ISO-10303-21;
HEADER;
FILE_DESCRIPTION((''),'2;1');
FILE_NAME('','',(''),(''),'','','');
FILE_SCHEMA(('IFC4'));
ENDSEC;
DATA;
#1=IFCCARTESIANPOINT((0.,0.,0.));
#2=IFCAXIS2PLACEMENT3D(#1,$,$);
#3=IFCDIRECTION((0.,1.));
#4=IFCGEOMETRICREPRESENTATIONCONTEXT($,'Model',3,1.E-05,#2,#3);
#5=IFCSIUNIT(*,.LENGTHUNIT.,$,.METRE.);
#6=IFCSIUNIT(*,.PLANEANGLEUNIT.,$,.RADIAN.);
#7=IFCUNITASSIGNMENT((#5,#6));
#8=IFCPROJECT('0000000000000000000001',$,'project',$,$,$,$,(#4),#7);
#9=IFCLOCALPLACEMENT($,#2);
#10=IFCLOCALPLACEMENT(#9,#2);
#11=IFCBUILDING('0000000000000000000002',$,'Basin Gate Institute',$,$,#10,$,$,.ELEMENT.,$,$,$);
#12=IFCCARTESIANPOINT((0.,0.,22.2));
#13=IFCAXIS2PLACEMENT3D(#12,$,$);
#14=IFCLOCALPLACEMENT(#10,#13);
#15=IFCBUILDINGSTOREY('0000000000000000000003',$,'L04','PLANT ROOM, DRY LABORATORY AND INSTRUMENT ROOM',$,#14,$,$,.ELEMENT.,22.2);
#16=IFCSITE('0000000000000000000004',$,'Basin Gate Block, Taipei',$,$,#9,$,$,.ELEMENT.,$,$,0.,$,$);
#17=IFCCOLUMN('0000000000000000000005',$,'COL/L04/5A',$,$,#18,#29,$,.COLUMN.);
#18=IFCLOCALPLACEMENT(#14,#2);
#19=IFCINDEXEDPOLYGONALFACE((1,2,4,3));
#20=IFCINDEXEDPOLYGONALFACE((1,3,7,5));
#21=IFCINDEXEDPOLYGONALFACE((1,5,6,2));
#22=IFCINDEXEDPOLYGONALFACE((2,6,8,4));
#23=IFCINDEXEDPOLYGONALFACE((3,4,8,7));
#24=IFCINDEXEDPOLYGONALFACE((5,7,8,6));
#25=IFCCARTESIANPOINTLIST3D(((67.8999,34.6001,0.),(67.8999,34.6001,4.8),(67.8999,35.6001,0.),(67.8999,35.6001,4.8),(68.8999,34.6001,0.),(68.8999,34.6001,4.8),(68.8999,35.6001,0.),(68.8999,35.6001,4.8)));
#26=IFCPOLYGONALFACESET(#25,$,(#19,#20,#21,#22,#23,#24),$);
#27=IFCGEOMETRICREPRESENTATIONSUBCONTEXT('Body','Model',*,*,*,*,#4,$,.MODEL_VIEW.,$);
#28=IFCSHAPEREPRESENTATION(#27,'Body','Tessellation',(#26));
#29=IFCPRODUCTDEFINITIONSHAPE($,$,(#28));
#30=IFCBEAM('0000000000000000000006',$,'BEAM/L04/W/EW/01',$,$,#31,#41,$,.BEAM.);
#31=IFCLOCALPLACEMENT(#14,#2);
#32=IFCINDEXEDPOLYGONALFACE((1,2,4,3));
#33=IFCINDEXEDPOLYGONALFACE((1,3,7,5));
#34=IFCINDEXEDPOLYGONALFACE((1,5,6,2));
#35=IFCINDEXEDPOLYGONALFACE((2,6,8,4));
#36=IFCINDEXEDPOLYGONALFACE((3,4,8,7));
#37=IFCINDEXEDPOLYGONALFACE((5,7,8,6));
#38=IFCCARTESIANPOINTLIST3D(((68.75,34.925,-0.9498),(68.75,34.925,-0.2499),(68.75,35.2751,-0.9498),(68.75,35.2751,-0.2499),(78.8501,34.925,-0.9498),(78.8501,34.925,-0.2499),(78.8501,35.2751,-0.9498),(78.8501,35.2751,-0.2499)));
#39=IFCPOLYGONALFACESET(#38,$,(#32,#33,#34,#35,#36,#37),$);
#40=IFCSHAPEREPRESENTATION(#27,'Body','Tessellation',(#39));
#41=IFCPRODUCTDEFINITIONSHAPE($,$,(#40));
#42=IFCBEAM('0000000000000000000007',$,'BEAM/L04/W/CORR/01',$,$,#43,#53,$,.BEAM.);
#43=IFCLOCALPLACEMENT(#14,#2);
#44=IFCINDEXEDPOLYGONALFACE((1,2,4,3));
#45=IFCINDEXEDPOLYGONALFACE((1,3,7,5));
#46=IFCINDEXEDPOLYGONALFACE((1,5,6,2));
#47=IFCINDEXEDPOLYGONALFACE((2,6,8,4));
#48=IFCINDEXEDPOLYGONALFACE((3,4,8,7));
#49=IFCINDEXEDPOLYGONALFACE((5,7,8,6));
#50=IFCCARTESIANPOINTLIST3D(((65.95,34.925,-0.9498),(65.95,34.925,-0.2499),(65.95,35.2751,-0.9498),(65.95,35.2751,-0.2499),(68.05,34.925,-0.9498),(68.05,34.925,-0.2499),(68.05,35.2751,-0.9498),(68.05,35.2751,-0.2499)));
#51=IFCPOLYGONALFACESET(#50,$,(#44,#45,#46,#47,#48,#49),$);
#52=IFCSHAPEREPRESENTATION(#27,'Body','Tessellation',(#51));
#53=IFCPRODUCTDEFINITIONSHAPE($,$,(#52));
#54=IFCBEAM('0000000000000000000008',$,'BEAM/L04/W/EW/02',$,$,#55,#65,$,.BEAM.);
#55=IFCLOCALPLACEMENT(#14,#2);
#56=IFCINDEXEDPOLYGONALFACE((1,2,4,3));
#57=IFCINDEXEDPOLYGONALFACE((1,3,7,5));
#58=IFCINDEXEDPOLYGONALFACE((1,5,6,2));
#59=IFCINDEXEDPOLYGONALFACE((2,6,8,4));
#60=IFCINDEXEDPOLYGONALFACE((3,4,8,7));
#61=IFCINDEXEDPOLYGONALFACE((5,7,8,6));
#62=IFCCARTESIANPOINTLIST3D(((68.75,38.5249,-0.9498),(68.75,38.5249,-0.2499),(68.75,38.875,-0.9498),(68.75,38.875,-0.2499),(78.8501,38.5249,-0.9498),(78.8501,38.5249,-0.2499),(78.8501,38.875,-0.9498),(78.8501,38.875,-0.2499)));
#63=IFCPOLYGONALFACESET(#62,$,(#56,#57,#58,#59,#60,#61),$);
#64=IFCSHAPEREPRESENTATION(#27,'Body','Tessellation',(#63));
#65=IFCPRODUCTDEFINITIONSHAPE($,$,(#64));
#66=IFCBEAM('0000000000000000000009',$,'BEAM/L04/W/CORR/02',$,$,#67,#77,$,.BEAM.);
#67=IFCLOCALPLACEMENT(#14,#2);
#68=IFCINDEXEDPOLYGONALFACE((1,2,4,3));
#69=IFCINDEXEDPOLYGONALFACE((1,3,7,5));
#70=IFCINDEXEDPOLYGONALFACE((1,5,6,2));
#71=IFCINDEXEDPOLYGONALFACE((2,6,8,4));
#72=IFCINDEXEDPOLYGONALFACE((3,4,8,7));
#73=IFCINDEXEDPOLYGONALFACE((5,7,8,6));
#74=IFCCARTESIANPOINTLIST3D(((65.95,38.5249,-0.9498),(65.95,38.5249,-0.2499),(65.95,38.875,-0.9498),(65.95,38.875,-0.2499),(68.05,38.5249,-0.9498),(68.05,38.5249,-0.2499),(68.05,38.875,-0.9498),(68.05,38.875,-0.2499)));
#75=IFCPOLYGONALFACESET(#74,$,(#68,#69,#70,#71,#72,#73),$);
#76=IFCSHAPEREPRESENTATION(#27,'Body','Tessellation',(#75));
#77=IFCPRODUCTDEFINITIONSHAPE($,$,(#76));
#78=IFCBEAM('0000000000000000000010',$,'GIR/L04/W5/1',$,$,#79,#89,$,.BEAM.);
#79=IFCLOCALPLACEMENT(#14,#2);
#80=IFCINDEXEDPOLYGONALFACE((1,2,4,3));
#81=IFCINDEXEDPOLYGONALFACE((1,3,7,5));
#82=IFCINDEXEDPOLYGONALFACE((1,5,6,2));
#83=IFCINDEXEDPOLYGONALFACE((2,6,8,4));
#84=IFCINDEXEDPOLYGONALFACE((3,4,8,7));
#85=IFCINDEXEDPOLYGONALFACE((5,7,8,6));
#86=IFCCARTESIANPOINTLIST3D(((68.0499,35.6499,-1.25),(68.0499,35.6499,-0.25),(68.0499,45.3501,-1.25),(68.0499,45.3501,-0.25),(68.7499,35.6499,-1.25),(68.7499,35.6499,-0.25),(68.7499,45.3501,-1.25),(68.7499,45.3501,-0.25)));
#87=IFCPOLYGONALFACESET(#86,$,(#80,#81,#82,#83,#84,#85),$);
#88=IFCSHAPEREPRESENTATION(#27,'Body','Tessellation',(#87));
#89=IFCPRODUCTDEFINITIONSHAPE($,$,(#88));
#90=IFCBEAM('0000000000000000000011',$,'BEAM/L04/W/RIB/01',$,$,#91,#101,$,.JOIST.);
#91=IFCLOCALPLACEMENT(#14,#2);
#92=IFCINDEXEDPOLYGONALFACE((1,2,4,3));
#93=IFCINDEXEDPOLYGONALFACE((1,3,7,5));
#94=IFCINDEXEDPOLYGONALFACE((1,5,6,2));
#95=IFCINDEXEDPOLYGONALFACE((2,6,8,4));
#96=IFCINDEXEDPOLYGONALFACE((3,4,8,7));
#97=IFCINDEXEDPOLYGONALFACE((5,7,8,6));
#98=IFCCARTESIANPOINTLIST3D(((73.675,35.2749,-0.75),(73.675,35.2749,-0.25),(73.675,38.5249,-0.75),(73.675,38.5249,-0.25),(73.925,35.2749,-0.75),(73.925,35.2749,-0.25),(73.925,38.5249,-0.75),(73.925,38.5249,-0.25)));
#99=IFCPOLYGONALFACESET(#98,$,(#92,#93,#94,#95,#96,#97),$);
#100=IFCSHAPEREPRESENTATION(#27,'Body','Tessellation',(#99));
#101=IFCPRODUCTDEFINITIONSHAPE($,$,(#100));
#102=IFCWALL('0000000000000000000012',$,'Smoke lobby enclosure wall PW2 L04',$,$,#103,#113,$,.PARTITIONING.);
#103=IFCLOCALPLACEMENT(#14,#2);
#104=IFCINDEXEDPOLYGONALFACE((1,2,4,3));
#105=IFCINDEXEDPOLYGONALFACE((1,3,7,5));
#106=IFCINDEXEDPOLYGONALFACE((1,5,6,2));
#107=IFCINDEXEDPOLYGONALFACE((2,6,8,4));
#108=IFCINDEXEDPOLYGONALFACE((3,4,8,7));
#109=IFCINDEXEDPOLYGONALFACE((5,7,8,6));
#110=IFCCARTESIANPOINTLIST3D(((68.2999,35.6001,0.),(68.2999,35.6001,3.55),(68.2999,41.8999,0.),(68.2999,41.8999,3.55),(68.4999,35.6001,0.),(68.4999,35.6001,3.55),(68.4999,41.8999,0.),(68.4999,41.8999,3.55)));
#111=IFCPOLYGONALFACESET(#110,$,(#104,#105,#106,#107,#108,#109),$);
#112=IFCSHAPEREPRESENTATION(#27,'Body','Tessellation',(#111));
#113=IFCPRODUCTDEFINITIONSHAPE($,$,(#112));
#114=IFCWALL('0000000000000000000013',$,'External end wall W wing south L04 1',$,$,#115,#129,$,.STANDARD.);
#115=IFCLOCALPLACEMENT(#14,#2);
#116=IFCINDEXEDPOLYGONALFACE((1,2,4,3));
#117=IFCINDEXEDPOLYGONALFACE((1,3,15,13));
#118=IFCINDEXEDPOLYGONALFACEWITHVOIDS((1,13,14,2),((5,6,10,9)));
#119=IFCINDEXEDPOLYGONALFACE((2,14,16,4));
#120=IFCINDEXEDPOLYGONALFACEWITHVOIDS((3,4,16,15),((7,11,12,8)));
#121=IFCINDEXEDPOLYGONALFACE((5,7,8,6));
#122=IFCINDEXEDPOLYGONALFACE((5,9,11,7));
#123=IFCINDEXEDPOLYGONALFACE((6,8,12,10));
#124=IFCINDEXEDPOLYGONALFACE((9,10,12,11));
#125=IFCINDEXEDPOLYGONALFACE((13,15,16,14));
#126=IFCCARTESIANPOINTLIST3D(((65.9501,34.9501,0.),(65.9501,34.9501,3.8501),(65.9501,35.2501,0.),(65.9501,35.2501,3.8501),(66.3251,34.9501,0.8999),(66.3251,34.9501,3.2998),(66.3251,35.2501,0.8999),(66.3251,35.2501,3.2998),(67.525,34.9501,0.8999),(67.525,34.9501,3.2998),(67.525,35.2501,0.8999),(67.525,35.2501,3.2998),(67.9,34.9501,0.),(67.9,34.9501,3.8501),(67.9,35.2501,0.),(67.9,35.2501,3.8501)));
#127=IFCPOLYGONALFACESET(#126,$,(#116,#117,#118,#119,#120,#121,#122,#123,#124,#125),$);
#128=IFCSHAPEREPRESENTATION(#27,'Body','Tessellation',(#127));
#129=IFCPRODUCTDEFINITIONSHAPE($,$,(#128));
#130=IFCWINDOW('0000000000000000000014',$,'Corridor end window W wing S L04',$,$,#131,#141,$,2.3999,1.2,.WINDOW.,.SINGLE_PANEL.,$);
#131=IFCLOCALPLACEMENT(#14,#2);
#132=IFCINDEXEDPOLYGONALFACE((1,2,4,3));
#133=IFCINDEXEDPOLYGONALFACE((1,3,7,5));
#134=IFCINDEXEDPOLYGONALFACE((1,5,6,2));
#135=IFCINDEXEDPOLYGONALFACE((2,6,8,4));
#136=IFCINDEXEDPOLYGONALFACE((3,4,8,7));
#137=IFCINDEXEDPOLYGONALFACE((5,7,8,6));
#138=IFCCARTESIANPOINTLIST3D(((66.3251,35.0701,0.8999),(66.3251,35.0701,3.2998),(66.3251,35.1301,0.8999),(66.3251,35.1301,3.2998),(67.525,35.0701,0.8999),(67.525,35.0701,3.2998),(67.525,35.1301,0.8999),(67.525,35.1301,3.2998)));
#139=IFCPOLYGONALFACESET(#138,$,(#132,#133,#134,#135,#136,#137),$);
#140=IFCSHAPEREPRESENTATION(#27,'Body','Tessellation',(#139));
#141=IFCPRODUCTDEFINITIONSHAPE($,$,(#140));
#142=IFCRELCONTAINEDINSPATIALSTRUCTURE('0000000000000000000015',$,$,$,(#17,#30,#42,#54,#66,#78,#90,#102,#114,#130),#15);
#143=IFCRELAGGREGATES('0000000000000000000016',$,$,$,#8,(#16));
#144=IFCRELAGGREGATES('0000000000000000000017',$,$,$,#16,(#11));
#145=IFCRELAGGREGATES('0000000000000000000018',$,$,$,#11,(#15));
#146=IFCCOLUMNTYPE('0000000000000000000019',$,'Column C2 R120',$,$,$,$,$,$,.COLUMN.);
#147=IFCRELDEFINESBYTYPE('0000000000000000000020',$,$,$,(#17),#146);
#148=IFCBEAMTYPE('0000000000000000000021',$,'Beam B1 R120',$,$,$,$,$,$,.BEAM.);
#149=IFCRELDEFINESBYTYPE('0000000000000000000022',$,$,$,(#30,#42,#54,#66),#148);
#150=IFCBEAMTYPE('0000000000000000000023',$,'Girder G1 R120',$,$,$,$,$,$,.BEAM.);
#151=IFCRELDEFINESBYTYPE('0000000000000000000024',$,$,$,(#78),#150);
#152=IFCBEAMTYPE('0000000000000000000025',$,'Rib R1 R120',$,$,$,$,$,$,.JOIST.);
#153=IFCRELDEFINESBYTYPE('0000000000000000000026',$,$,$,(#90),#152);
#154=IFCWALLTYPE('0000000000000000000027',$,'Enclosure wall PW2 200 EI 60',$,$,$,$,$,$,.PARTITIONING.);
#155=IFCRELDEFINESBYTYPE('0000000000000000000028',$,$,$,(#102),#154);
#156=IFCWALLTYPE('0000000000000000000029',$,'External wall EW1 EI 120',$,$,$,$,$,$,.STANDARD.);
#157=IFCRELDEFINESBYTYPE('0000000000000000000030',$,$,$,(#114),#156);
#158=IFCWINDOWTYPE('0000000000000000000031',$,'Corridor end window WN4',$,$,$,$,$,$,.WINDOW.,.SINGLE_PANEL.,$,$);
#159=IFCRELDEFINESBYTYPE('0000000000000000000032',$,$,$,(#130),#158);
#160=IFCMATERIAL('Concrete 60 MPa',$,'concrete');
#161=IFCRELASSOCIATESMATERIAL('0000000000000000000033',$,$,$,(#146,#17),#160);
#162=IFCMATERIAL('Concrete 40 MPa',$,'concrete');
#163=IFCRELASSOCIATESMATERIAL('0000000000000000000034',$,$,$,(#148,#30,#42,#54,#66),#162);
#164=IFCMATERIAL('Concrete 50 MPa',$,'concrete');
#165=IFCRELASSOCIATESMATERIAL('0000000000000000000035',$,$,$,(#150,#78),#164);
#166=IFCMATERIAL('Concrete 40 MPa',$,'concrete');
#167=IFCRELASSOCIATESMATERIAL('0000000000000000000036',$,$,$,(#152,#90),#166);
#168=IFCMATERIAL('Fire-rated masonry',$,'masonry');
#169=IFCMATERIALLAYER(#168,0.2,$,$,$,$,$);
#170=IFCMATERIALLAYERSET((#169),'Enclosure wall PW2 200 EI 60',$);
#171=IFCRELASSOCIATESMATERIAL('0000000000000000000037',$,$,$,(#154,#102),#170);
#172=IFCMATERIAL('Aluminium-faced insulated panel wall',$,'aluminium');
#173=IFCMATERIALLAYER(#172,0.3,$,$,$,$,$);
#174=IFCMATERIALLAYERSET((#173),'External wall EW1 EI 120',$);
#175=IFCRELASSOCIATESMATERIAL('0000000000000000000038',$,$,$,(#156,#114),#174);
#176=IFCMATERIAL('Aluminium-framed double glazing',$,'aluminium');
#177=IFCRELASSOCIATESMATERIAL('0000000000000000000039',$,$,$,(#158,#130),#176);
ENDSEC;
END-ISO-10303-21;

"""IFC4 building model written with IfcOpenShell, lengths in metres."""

from ifc_helpers import new_model, si_unit, direction, frame, frame_2d, origin, origin_2d, place, context, subcontext, project, spatial, rectangle, extrude, material, layer, layer_set, material_profile, profile_set, type_object, element, fill, save


model = new_model("IFC4")

# Units and contexts
model_context = context("Model", 3, precision=1e-05, world=origin(), true_north=direction((0.0, 1.0)))
body_context = subcontext(model_context, "Body", "Model", "MODEL_VIEW")
ifc_project = project(units=[si_unit("LENGTHUNIT", "METRE"), si_unit("PLANEANGLEUNIT", "RADIAN")], contexts=[model_context])

# Site, building, storey
site_placement = place(None, origin())
site = spatial("IfcSite", under=ifc_project, at=site_placement, Name="Basin Gate Block, Taipei", CompositionType="ELEMENT", RefElevation=0.0)
building_placement = place(site_placement, origin())
building = spatial("IfcBuilding", under=site, at=building_placement, Name="Basin Gate Institute", CompositionType="ELEMENT")
storey_placement = place(building_placement, frame((0.0, 0.0, 22.2)))
storey = spatial("IfcBuildingStorey", under=building, at=storey_placement, Name="L04", Description="PLANT ROOM, DRY LABORATORY AND INSTRUMENT ROOM", CompositionType="ELEMENT", Elevation=22.2)

# Column
ifc_material_1 = material(Name="Concrete 60 MPa", Category="concrete")
ifc_material_profile_1 = material_profile(ifc_material_1, rectangle(XDim=1.0, YDim=1.0, at=origin_2d()), Name="Column C2 1000 x 1000")
ifc_profile_set_1 = profile_set([ifc_material_profile_1], Name="Concrete 60 MPa")
column_type = type_object("IfcColumnType", Name="Column C2 R120", PredefinedType="COLUMN", material=ifc_profile_set_1)
column_placement = place(storey_placement, frame((68.3999, 35.1001, 0.0), z_axis=(0.0, 0.0, 1.0), x_axis=(1.0, 0.0, 0.0)))
element("IfcColumn", 1, at=column_placement, inside=storey, type_object=column_type, material=ifc_profile_set_1, Name="COL/L04/5A", PredefinedType="COLUMN", context=body_context, shape_type="SweptSolid", body=[
    extrude(rectangle(XDim=1.0, YDim=1.0, at=origin_2d()), origin(), (0.0, 0.0, 1.0), 4.8),
])

# Beams
ifc_material_2 = material(Name="Concrete 40 MPa", Category="concrete")
ifc_material_profile_2 = material_profile(ifc_material_2, rectangle(XDim=0.3501, YDim=0.7, at=origin_2d()), Name="Beam B1 350 x 700")
ifc_profile_set_2 = profile_set([ifc_material_profile_2], Name="Concrete 40 MPa")
beam_type_1 = type_object("IfcBeamType", Name="Beam B1 R120", PredefinedType="BEAM", material=ifc_profile_set_2)
beam_1_placement = place(storey_placement, frame((68.75, 35.1001, -0.5999), z_axis=(1.0, 0.0, 0.0), x_axis=(0.0, 1.0, 0.0)))
element("IfcBeam", 2, at=beam_1_placement, inside=storey, type_object=beam_type_1, material=ifc_profile_set_2, Name="BEAM/L04/W/EW/01", PredefinedType="BEAM", context=body_context, shape_type="SweptSolid", body=[
    extrude(rectangle(XDim=0.3501, YDim=0.7, at=origin_2d()), origin(), (0.0, 0.0, 1.0), 10.1001),
])
beam_2_placement = place(storey_placement, frame((65.95, 35.1001, -0.5999), z_axis=(1.0, 0.0, 0.0), x_axis=(0.0, 1.0, 0.0)))
element("IfcBeam", 3, at=beam_2_placement, inside=storey, type_object=beam_type_1, material=ifc_profile_set_2, Name="BEAM/L04/W/CORR/01", PredefinedType="BEAM", context=body_context, shape_type="SweptSolid", body=[
    extrude(rectangle(XDim=0.3501, YDim=0.7, at=origin_2d()), origin(), (0.0, 0.0, 1.0), 2.1001),
])
beam_3_placement = place(storey_placement, frame((68.75, 38.7, -0.5999), z_axis=(1.0, 0.0, 0.0), x_axis=(0.0, 1.0, 0.0)))
element("IfcBeam", 4, at=beam_3_placement, inside=storey, type_object=beam_type_1, material=ifc_profile_set_2, Name="BEAM/L04/W/EW/02", PredefinedType="BEAM", context=body_context, shape_type="SweptSolid", body=[
    extrude(rectangle(XDim=0.3501, YDim=0.7, at=origin_2d()), origin(), (0.0, 0.0, 1.0), 10.1001),
])
beam_4_placement = place(storey_placement, frame((65.95, 38.7, -0.5999), z_axis=(1.0, 0.0, 0.0), x_axis=(0.0, 1.0, 0.0)))
element("IfcBeam", 5, at=beam_4_placement, inside=storey, type_object=beam_type_1, material=ifc_profile_set_2, Name="BEAM/L04/W/CORR/02", PredefinedType="BEAM", context=body_context, shape_type="SweptSolid", body=[
    extrude(rectangle(XDim=0.3501, YDim=0.7, at=origin_2d()), origin(), (0.0, 0.0, 1.0), 2.1001),
])
ifc_material_3 = material(Name="Concrete 50 MPa", Category="concrete")
ifc_material_profile_3 = material_profile(ifc_material_3, rectangle(XDim=0.7, YDim=1.0, at=origin_2d()), Name="Girder G1 700 x 1000")
ifc_profile_set_3 = profile_set([ifc_material_profile_3], Name="Concrete 50 MPa")
beam_type_2 = type_object("IfcBeamType", Name="Girder G1 R120", PredefinedType="BEAM", material=ifc_profile_set_3)
beam_5_placement = place(storey_placement, frame((68.3999, 35.6499, -0.75), z_axis=(0.0, 1.0, 0.0), x_axis=(-1.0, 0.0, 0.0)))
element("IfcBeam", 6, at=beam_5_placement, inside=storey, type_object=beam_type_2, material=ifc_profile_set_3, Name="GIR/L04/W5/1", PredefinedType="BEAM", context=body_context, shape_type="SweptSolid", body=[
    extrude(rectangle(XDim=0.7, YDim=1.0, at=origin_2d()), origin(), (0.0, 0.0, 1.0), 9.7002),
])
ifc_material_4 = material(Name="Concrete 40 MPa", Category="concrete")
ifc_material_profile_4 = material_profile(ifc_material_4, rectangle(XDim=0.25, YDim=0.5, at=origin_2d()), Name="Rib R1 250 x 500")
ifc_profile_set_4 = profile_set([ifc_material_profile_4], Name="Concrete 40 MPa")
beam_type_3 = type_object("IfcBeamType", Name="Rib R1 R120", PredefinedType="JOIST", material=ifc_profile_set_4)
beam_6_placement = place(storey_placement, frame((73.8, 35.2749, -0.5), z_axis=(0.0, 1.0, 0.0), x_axis=(-1.0, 0.0, 0.0)))
element("IfcBeam", 7, at=beam_6_placement, inside=storey, type_object=beam_type_3, material=ifc_profile_set_4, Name="BEAM/L04/W/RIB/01", PredefinedType="JOIST", context=body_context, shape_type="SweptSolid", body=[
    extrude(rectangle(XDim=0.25, YDim=0.5, at=origin_2d()), origin(), (0.0, 0.0, 1.0), 3.25),
])

# Wall
ifc_material_5 = material(Name="Fire-rated masonry", Category="masonry")
ifc_layer_1 = layer(ifc_material_5, 0.2)
ifc_layer_set_1 = layer_set([ifc_layer_1], Name="Enclosure wall PW2 200 EI 60")
wall_type_1 = type_object("IfcWallType", Name="Enclosure wall PW2 200 EI 60", PredefinedType="PARTITIONING", material=ifc_layer_set_1)
wall_1_placement = place(storey_placement, frame((68.3999, 35.6001, 0.0), z_axis=(0.0, 0.0, 1.0), x_axis=(0.0, 1.0, 0.0)))
element("IfcWall", 8, at=wall_1_placement, inside=storey, type_object=wall_type_1, material=ifc_layer_set_1, Name="Smoke lobby enclosure wall PW2 L04", PredefinedType="PARTITIONING", context=body_context, shape_type="SweptSolid", body=[
    extrude(rectangle(XDim=6.2998, YDim=0.2, at=frame_2d((3.1499, 0.0))), origin(), (0.0, 0.0, 1.0), 3.55),
])

# Wall, opening, window
ifc_material_6 = material(Name="Aluminium-faced insulated panel wall", Category="aluminium")
ifc_layer_2 = layer(ifc_material_6, 0.3)
ifc_layer_set_2 = layer_set([ifc_layer_2], Name="External wall EW1 EI 120")
wall_type_2 = type_object("IfcWallType", Name="External wall EW1 EI 120", PredefinedType="STANDARD", material=ifc_layer_set_2)
wall_2_placement = place(storey_placement, frame((65.95, 35.1001, 0.0), z_axis=(0.0, 0.0, 1.0), x_axis=(1.0, 0.0, 0.0)))
wall_2 = element("IfcWall", 9, at=wall_2_placement, inside=storey, type_object=wall_type_2, material=ifc_layer_set_2, Name="External end wall W wing south L04 1", PredefinedType="STANDARD", context=body_context, shape_type="SweptSolid", body=[
    extrude(rectangle(XDim=1.95, YDim=0.3, at=frame_2d((0.9751, 0.0))), origin(), (0.0, 0.0, 1.0), 3.8501),
])
opening_1_placement = place(wall_2_placement, frame((0.375, 0.0, 0.8999)))
opening_1 = element("IfcOpeningElement", 10, at=opening_1_placement, cuts=wall_2, PredefinedType="OPENING", context=body_context, shape_type="SweptSolid", body=[
    extrude(rectangle(XDim=1.2, YDim=2.3999, at=frame_2d((0.6001, 1.2))), frame((0.0, 0.1602, 0.0), z_axis=(0.0, -1.0, 0.0), x_axis=(1.0, 0.0, 0.0)), (0.0, 0.0, 1.0), 0.3201),
])
ifc_material_7 = material(Name="Aluminium-framed double glazing", Category="aluminium")
window_type_1 = type_object("IfcWindowType", Name="Corridor end window WN4", PartitioningType="SINGLE_PANEL", PredefinedType="WINDOW", material=ifc_material_7)
window_1_placement = place(opening_1_placement, origin())
window_1 = element("IfcWindow", 11, at=window_1_placement, inside=storey, type_object=window_type_1, material=ifc_material_7, Name="Corridor end window W wing S L04", OverallHeight=2.3999, OverallWidth=1.2, PartitioningType="SINGLE_PANEL", PredefinedType="WINDOW", context=body_context, shape_type="SweptSolid", body=[
    extrude(rectangle(XDim=1.2, YDim=2.3999, at=frame_2d((0.6001, 1.2))), frame((0.0, 0.03, 0.0), z_axis=(0.0, -1.0, 0.0), x_axis=(1.0, 0.0, 0.0)), (0.0, 0.0, 1.0), 0.0601),
])
fill(opening_1, window_1)

save(model, "model.ifc")
